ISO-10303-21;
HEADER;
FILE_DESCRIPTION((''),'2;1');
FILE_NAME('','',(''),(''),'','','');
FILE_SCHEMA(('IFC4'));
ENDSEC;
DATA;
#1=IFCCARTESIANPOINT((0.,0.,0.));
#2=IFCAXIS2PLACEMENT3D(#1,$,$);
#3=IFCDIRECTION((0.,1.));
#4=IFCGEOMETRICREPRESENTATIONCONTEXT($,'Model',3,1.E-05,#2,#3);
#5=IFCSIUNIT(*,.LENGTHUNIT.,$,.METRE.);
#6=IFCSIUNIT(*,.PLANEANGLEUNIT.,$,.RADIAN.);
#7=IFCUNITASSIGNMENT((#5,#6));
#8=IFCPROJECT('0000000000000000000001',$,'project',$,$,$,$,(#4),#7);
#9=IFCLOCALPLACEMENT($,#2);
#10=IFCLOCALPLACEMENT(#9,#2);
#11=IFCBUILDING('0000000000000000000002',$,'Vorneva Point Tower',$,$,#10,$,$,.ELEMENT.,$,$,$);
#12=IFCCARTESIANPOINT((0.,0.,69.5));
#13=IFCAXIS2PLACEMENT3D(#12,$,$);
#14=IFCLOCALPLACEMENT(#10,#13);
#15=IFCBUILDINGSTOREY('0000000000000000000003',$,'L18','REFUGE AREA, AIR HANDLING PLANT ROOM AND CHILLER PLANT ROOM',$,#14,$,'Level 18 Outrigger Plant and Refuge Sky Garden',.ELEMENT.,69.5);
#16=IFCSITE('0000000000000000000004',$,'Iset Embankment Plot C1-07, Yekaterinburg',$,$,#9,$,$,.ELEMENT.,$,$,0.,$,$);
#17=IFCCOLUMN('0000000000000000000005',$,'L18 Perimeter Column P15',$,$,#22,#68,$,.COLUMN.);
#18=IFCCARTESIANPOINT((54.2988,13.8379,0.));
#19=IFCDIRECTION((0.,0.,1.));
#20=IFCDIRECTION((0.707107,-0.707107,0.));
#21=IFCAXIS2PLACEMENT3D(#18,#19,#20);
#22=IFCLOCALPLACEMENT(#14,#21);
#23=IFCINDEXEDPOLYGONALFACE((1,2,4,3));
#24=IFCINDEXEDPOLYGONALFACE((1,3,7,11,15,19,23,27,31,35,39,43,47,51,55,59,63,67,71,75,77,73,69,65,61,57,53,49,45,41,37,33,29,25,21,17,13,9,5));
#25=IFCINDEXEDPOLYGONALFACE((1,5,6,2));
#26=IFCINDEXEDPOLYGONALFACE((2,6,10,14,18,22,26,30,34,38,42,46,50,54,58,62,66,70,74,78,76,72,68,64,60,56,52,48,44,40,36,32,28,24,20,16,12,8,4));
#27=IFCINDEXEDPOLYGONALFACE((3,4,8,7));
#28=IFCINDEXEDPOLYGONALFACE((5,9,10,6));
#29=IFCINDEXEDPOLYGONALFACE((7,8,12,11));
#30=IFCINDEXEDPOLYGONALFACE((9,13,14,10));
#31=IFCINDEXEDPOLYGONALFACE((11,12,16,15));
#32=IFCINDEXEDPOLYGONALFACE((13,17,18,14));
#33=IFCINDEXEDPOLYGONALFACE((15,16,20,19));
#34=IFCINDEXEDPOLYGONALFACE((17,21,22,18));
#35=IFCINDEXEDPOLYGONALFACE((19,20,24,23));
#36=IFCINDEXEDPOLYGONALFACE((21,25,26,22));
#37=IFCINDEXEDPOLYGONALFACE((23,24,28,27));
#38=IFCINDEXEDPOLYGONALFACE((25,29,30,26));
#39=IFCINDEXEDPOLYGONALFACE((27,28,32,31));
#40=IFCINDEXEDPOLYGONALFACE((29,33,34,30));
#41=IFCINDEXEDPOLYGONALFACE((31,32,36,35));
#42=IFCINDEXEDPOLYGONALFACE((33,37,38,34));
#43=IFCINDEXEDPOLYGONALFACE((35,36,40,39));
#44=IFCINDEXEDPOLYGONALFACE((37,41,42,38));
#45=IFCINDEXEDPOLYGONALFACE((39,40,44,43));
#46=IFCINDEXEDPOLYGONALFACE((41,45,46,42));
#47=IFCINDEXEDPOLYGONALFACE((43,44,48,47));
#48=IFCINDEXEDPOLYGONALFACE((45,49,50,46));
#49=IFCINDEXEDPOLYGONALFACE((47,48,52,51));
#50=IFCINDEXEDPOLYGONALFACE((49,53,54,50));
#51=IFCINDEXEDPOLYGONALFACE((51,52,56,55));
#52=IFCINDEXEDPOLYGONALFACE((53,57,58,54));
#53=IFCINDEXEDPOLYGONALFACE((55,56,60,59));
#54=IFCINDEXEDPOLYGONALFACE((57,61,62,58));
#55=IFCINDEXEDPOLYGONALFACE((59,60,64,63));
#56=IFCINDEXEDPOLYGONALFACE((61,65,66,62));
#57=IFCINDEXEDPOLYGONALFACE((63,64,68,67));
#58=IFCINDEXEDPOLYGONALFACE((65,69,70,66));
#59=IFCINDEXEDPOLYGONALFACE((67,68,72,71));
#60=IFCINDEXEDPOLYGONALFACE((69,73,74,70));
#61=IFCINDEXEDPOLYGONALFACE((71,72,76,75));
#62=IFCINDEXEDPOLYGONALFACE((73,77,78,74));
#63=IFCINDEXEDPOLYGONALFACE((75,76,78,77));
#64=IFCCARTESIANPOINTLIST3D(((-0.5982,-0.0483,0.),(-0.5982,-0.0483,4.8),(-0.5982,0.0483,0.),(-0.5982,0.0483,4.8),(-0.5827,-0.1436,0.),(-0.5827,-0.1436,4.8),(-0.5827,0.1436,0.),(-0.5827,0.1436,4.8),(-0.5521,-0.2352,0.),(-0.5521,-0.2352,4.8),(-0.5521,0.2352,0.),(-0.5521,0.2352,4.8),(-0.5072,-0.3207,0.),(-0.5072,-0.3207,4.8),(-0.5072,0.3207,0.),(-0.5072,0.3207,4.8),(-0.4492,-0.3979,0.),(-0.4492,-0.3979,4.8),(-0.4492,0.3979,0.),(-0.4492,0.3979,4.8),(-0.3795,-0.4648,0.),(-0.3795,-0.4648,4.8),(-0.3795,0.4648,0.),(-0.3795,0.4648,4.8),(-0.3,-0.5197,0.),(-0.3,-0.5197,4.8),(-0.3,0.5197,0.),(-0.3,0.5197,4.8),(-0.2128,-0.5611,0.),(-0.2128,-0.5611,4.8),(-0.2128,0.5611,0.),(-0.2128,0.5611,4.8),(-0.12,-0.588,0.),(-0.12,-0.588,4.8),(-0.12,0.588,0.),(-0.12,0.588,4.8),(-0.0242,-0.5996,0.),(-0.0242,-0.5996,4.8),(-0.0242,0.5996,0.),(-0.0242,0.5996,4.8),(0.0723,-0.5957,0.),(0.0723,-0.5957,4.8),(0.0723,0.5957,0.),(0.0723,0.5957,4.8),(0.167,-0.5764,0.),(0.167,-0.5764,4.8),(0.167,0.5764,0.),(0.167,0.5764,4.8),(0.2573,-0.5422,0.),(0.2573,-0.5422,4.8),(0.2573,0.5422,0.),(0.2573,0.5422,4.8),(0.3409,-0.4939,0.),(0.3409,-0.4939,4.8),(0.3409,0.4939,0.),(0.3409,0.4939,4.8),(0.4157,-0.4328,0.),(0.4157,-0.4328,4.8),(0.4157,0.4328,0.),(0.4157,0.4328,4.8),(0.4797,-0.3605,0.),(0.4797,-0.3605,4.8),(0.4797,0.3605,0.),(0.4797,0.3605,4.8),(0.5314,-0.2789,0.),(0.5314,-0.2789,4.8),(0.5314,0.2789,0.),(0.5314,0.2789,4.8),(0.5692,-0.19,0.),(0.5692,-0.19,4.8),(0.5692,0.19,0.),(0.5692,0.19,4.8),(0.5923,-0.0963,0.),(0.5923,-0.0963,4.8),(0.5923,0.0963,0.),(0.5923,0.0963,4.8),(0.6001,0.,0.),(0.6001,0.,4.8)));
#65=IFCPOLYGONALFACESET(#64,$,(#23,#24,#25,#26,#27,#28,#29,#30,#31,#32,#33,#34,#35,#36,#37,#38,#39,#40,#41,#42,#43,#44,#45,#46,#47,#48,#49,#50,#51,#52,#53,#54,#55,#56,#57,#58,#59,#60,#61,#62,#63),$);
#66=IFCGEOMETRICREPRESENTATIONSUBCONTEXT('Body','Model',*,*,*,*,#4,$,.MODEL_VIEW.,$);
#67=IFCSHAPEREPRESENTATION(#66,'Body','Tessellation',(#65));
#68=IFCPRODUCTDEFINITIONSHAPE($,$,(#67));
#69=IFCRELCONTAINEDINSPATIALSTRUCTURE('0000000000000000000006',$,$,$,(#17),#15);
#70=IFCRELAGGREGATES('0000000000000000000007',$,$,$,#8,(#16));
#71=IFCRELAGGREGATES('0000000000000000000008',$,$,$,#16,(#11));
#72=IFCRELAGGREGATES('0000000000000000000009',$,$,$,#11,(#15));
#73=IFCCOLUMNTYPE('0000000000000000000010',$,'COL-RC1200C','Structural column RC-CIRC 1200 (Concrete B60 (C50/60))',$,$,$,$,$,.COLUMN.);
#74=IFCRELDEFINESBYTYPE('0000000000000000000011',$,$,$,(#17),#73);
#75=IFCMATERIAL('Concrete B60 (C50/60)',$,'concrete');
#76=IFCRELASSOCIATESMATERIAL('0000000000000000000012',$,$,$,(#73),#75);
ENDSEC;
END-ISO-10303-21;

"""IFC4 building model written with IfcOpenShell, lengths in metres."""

from ifc_helpers import new_model, si_unit, direction, frame, origin, origin_2d, place, context, subcontext, project, spatial, circle, extrude, material, material_profile, profile_set, type_object, element, save


model = new_model("IFC4")

# Units and contexts
model_context = context("Model", 3, precision=1e-05, world=origin(), true_north=direction((0.0, 1.0)))
body_context = subcontext(model_context, "Body", "Model", "MODEL_VIEW")
ifc_project = project(units=[si_unit("LENGTHUNIT", "METRE"), si_unit("PLANEANGLEUNIT", "RADIAN")], contexts=[model_context])

# Site, building, storey
site_placement = place(None, origin())
site = spatial("IfcSite", under=ifc_project, at=site_placement, Name="Iset Embankment Plot C1-07, Yekaterinburg", CompositionType="ELEMENT", RefElevation=0.0)
building_placement = place(site_placement, origin())
building = spatial("IfcBuilding", under=site, at=building_placement, Name="Vorneva Point Tower", CompositionType="ELEMENT")
storey_placement = place(building_placement, frame((0.0, 0.0, 69.5)))
storey = spatial("IfcBuildingStorey", under=building, at=storey_placement, Name="L18", Description="REFUGE AREA, AIR HANDLING PLANT ROOM AND CHILLER PLANT ROOM", LongName="Level 18 Outrigger Plant and Refuge Sky Garden", CompositionType="ELEMENT", Elevation=69.5)

# Column
ifc_material_1 = material(Name="Concrete B60 (C50/60)", Category="concrete")
ifc_material_profile_1 = material_profile(ifc_material_1, circle(Radius=0.6001, at=origin_2d()), Name="RC-CIRC 1200")
ifc_profile_set_1 = profile_set([ifc_material_profile_1], Name="Concrete B60 (C50/60)")
column_type = type_object("IfcColumnType", Name="COL-RC1200C", Description="Structural column RC-CIRC 1200 (Concrete B60 (C50/60))", PredefinedType="COLUMN", material=ifc_profile_set_1)
column_placement = place(storey_placement, frame((54.2988, 13.8379, 0.0), z_axis=(0.0, 0.0, 1.0), x_axis=(0.707107, -0.707107, 0.0)))
element("IfcColumn", 1, at=column_placement, inside=storey, type_object=column_type, Name="L18 Perimeter Column P15", PredefinedType="COLUMN", context=body_context, shape_type="SweptSolid", body=[
    extrude(circle(Radius=0.6001, at=origin_2d()), origin(), (0.0, 0.0, 1.0), 4.8),
])

save(model, "model.ifc")
